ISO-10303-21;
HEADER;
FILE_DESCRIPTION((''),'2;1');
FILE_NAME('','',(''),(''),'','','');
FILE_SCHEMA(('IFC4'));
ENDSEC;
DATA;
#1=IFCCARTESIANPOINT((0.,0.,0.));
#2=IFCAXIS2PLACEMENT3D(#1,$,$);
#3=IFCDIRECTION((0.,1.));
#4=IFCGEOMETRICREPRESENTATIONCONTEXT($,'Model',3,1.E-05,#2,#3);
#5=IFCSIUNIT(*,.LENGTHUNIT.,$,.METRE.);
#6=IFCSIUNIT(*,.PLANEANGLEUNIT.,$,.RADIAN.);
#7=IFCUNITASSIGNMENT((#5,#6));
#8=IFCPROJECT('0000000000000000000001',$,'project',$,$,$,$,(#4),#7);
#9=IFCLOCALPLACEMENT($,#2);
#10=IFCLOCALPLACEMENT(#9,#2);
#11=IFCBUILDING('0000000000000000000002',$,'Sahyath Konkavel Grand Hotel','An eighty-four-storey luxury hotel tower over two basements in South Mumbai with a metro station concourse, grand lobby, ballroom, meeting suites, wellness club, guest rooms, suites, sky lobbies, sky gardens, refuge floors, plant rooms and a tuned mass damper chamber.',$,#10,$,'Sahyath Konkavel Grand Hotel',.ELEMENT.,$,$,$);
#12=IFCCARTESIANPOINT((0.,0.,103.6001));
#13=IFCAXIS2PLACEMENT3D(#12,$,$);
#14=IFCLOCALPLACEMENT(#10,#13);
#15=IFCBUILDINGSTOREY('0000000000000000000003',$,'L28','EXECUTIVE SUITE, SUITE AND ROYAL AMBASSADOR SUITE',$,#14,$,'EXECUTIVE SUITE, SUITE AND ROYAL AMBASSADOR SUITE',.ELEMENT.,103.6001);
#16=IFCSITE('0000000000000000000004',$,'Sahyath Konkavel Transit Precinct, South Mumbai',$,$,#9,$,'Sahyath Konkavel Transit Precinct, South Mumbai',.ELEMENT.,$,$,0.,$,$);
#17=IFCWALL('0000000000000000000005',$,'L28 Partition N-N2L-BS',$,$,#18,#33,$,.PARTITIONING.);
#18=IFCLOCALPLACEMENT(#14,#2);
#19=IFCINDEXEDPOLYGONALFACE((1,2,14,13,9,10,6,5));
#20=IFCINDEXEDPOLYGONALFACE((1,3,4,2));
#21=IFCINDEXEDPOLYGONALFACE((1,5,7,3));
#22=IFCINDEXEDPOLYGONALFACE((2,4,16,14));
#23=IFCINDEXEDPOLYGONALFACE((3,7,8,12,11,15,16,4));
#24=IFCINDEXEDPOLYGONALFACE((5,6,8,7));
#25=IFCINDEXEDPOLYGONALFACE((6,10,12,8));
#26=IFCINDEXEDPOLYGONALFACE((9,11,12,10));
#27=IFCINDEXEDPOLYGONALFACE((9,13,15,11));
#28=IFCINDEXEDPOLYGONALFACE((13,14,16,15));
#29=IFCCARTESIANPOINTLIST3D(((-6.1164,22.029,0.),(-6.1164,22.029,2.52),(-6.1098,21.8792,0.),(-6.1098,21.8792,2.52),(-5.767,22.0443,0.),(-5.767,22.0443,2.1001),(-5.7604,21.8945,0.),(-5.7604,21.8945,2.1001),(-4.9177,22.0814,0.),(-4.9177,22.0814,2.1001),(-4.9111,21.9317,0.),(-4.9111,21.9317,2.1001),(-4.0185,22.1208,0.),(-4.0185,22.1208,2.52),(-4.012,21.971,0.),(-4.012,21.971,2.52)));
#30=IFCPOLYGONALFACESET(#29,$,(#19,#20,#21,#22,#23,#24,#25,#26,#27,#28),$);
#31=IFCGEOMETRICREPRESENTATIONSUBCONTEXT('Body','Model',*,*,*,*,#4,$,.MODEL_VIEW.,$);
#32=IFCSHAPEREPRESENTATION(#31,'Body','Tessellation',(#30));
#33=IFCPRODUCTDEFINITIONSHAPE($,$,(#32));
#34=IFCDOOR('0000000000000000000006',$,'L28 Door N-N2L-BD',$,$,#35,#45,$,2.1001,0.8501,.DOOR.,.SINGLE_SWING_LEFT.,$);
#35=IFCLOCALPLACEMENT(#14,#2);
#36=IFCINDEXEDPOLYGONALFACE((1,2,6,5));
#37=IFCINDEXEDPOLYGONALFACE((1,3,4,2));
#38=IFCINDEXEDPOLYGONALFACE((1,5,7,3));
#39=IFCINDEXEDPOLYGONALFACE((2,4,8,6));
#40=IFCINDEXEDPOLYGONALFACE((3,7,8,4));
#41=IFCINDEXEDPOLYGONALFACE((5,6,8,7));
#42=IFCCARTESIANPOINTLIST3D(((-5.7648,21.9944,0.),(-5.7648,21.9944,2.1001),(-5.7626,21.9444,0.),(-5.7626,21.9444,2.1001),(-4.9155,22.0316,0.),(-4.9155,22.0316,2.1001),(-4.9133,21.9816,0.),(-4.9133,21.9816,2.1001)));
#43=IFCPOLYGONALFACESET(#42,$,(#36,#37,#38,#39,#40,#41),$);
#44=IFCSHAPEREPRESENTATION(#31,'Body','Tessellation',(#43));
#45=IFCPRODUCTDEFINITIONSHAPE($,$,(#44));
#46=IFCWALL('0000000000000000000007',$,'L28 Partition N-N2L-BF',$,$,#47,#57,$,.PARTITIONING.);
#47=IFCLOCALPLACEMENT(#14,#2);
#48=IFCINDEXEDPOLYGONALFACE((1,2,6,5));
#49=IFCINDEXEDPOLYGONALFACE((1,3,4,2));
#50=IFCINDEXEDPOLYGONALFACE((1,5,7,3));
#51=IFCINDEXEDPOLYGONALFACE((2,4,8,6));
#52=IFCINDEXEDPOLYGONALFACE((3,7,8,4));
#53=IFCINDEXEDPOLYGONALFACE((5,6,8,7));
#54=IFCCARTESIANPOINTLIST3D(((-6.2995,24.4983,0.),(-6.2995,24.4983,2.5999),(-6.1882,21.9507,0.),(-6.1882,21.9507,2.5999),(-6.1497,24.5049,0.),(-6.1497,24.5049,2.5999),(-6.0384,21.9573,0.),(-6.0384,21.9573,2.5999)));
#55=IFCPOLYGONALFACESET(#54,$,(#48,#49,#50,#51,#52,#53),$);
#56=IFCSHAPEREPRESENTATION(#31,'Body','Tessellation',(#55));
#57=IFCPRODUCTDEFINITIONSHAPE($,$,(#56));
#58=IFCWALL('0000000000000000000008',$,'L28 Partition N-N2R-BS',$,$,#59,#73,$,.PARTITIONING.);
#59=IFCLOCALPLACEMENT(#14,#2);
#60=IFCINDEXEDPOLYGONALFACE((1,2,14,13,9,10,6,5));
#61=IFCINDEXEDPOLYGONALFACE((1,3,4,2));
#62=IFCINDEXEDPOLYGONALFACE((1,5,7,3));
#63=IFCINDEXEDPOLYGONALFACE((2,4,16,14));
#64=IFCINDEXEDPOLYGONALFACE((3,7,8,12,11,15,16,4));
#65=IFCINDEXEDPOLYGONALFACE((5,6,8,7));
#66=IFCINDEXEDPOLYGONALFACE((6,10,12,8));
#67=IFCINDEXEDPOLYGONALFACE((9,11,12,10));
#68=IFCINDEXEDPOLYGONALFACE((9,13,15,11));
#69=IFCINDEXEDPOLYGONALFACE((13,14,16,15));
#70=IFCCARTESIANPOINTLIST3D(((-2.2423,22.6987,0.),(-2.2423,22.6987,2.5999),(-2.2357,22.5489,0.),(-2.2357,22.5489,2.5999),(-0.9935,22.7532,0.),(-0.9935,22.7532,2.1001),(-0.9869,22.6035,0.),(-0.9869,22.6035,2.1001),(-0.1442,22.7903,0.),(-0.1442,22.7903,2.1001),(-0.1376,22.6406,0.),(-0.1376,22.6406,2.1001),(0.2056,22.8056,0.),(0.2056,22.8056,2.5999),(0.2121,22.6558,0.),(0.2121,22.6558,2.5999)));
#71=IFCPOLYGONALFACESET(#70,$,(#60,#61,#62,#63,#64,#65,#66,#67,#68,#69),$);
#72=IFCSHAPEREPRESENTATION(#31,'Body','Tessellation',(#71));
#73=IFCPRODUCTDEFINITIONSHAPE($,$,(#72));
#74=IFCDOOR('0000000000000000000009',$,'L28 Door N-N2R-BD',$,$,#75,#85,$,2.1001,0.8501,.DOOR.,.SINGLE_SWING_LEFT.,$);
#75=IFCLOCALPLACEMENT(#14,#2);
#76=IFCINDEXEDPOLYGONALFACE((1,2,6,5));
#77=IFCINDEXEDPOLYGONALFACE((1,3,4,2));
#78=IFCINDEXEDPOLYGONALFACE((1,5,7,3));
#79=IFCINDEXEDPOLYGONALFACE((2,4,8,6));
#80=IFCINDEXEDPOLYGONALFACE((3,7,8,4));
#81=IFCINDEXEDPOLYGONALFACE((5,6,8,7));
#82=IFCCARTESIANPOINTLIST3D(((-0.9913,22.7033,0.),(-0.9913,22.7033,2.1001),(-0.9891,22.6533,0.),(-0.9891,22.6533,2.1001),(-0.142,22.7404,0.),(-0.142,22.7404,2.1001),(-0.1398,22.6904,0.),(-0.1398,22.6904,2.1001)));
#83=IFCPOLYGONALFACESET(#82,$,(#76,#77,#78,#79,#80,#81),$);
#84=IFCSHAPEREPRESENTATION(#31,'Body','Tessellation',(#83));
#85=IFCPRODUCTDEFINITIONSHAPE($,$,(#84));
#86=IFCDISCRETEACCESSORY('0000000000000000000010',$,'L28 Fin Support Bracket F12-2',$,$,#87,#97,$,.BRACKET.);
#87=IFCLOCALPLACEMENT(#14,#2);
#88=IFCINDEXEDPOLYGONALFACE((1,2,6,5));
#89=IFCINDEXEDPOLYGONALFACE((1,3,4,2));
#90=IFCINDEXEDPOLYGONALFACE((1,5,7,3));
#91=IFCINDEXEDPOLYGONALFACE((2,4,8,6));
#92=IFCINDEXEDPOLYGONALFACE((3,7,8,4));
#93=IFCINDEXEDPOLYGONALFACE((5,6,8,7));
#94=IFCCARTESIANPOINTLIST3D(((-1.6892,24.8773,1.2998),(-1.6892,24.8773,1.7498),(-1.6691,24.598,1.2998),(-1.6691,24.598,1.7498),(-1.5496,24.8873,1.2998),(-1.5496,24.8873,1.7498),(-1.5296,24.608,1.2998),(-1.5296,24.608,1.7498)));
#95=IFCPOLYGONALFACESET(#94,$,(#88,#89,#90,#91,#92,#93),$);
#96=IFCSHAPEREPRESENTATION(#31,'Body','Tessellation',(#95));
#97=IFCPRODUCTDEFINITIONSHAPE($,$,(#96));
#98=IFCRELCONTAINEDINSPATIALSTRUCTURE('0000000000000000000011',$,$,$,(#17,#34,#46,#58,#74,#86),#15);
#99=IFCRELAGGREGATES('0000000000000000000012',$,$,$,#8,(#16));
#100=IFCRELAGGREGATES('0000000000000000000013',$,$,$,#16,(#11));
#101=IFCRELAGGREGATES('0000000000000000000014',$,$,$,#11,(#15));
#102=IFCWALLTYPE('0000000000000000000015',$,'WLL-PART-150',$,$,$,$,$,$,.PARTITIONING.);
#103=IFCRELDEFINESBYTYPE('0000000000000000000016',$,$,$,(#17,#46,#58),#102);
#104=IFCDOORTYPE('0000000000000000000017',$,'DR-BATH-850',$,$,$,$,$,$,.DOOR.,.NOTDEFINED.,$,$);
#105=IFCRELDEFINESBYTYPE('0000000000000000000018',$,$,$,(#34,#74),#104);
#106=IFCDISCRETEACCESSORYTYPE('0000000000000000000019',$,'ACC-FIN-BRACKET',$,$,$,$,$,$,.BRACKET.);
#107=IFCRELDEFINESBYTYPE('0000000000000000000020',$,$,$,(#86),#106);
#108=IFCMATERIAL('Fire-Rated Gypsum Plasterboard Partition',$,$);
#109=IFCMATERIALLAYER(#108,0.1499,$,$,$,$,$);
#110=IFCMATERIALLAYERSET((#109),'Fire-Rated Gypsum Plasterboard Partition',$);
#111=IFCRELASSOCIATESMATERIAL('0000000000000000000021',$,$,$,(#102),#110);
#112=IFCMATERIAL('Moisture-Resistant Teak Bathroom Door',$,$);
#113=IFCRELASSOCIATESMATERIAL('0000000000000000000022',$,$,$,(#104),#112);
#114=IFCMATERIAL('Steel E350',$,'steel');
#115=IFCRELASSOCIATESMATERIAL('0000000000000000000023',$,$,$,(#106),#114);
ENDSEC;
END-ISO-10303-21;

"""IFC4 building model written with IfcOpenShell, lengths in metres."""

from ifc_helpers import new_model, si_unit, direction, frame, frame_2d, origin, origin_2d, place, context, subcontext, project, spatial, rectangle, extrude, source, transform, mapped, material, layer, layer_set, type_object, element, fill, save


model = new_model("IFC4")

# Units and contexts
model_context = context("Model", 3, precision=1e-05, world=origin(), true_north=direction((0.0, 1.0)))
body_context = subcontext(model_context, "Body", "Model", "MODEL_VIEW")
ifc_project = project(units=[si_unit("LENGTHUNIT", "METRE"), si_unit("PLANEANGLEUNIT", "RADIAN")], contexts=[model_context])

# Site, building, storey
site_placement = place(None, origin())
site = spatial("IfcSite", under=ifc_project, at=site_placement, Name="Sahyath Konkavel Transit Precinct, South Mumbai", LongName="Sahyath Konkavel Transit Precinct, South Mumbai", CompositionType="ELEMENT", RefElevation=0.0)
building_placement = place(site_placement, origin())
building = spatial("IfcBuilding", under=site, at=building_placement, Name="Sahyath Konkavel Grand Hotel", Description="An eighty-four-storey luxury hotel tower over two basements in South Mumbai with a metro station concourse, grand lobby, ballroom, meeting suites, wellness club, guest rooms, suites, sky lobbies, sky gardens, refuge floors, plant rooms and a tuned mass damper chamber.", LongName="Sahyath Konkavel Grand Hotel", CompositionType="ELEMENT")
storey_placement = place(building_placement, frame((0.0, 0.0, 103.6001)))
storey = spatial("IfcBuildingStorey", under=building, at=storey_placement, Name="L28", Description="EXECUTIVE SUITE, SUITE AND ROYAL AMBASSADOR SUITE", LongName="EXECUTIVE SUITE, SUITE AND ROYAL AMBASSADOR SUITE", CompositionType="ELEMENT", Elevation=103.6001)

# Shared definitions
ifc_material_1 = material(Name="Steel E350", Category="steel")

# Wall, opening, door
ifc_material_2 = material(Name="Fire-Rated Gypsum Plasterboard Partition")
ifc_layer_1 = layer(ifc_material_2, 0.1499)
ifc_layer_set_1 = layer_set([ifc_layer_1], Name="Fire-Rated Gypsum Plasterboard Partition")
wall_type_1 = type_object("IfcWallType", Name="WLL-PART-150", PredefinedType="PARTITIONING", material=ifc_layer_set_1)
wall_1_placement = place(storey_placement, frame((-4.0154, 22.0459, 0.0), z_axis=(0.0, 0.0, 1.0), x_axis=(-0.999044, -0.043715, 0.0)))
wall_1 = element("IfcWall", 1, at=wall_1_placement, inside=storey, type_object=wall_type_1, Name="L28 Partition N-N2L-BS", PredefinedType="PARTITIONING", context=body_context, shape_type="SweptSolid", body=[
    extrude(rectangle(XDim=2.0999, YDim=0.1499, at=frame_2d((1.0498, 0.0))), origin(), (0.0, 0.0, 1.0), 2.52),
])
opening_1_placement = place(wall_1_placement, frame((0.8999, 0.0, 0.0)))
opening_1 = element("IfcOpeningElement", 2, at=opening_1_placement, cuts=wall_1, PredefinedType="OPENING", context=body_context, shape_type="SweptSolid", body=[
    extrude(rectangle(XDim=0.8501, YDim=2.1001, at=frame_2d((0.425, 1.05))), frame((0.0, 0.085, 0.0), z_axis=(0.0, -1.0, 0.0), x_axis=(1.0, 0.0, 0.0)), (0.0, 0.0, 1.0), 0.1699),
])
ifc_material_3 = material(Name="Moisture-Resistant Teak Bathroom Door")
door_type = type_object("IfcDoorType", Name="DR-BATH-850", OperationType="NOTDEFINED", PredefinedType="DOOR", material=ifc_material_3)
shared_shape_1 = source(origin(), body_context, "Body", "SweptSolid", [
    extrude(rectangle(XDim=0.8501, YDim=0.05, at=origin_2d()), origin(), (0.0, 0.0, 1.0), 2.1001),
])
door_1_placement = place(opening_1_placement, frame((0.425, 0.0, 0.0)))
door_1 = element("IfcDoor", 3, at=door_1_placement, inside=storey, type_object=door_type, Name="L28 Door N-N2L-BD", OperationType="SINGLE_SWING_LEFT", OverallHeight=2.1001, OverallWidth=0.8501, PredefinedType="DOOR", context=body_context, shape_type="MappedRepresentation", body=[
    mapped(shared_shape_1, transform((0.0, 0.0, 0.0), scale=1.0)),
])
fill(opening_1, door_1)

# Wall
wall_2_placement = place(storey_placement, frame((-6.1133, 21.9541, 0.0), z_axis=(0.0, 0.0, 1.0), x_axis=(-0.043657, 0.999047, 0.0)))
element("IfcWall", 4, at=wall_2_placement, inside=storey, type_object=wall_type_1, Name="L28 Partition N-N2L-BF", PredefinedType="PARTITIONING", context=body_context, shape_type="SweptSolid", body=[
    extrude(rectangle(XDim=2.55, YDim=0.1499, at=frame_2d((1.2749, 0.0))), origin(), (0.0, 0.0, 1.0), 2.5999),
])

# Wall, opening, door
wall_3_placement = place(storey_placement, frame((-2.239, 22.6238, 0.0), z_axis=(0.0, 0.0, 1.0), x_axis=(0.999047, 0.043645, 0.0)))
wall_3 = element("IfcWall", 5, at=wall_3_placement, inside=storey, type_object=wall_type_1, Name="L28 Partition N-N2R-BS", PredefinedType="PARTITIONING", context=body_context, shape_type="SweptSolid", body=[
    extrude(rectangle(XDim=2.4502, YDim=0.1499, at=frame_2d((1.2251, 0.0))), origin(), (0.0, 0.0, 1.0), 2.5999),
])
opening_2_placement = place(wall_3_placement, frame((1.25, 0.0, 0.0)))
opening_2 = element("IfcOpeningElement", 6, at=opening_2_placement, cuts=wall_3, PredefinedType="OPENING", context=body_context, shape_type="SweptSolid", body=[
    extrude(rectangle(XDim=0.8501, YDim=2.1001, at=frame_2d((0.425, 1.05))), frame((0.0, 0.085, 0.0), z_axis=(0.0, -1.0, 0.0), x_axis=(1.0, 0.0, 0.0)), (0.0, 0.0, 1.0), 0.1699),
])
door_2_placement = place(opening_2_placement, frame((0.425, 0.0, 0.0)))
door_2 = element("IfcDoor", 7, at=door_2_placement, inside=storey, type_object=door_type, Name="L28 Door N-N2R-BD", OperationType="SINGLE_SWING_LEFT", OverallHeight=2.1001, OverallWidth=0.8501, PredefinedType="DOOR", context=body_context, shape_type="MappedRepresentation", body=[
    mapped(shared_shape_1, transform((0.0, 0.0, 0.0), scale=1.0)),
])
fill(opening_2, door_2)

# Discrete accessory
discrete_accessory_type = type_object("IfcDiscreteAccessoryType", Name="ACC-FIN-BRACKET", PredefinedType="BRACKET", material=ifc_material_1)
shared_shape_2 = source(origin(), body_context, "Body", "SweptSolid", [
    extrude(rectangle(XDim=0.28, YDim=0.1399, at=origin_2d()), origin(), (0.0, 0.0, 1.0), 0.45),
])
discrete_accessory_placement = place(storey_placement, frame((-1.6094, 24.7427, 1.2998), z_axis=(0.0, 0.0, 1.0), x_axis=(-0.071567, 0.997436, 0.0)))
element("IfcDiscreteAccessory", 8, at=discrete_accessory_placement, inside=storey, type_object=discrete_accessory_type, Name="L28 Fin Support Bracket F12-2", PredefinedType="BRACKET", context=body_context, shape_type="MappedRepresentation", body=[
    mapped(shared_shape_2, transform((0.0, 0.0, 0.0), scale=1.0)),
])

save(model, "model.ifc")
